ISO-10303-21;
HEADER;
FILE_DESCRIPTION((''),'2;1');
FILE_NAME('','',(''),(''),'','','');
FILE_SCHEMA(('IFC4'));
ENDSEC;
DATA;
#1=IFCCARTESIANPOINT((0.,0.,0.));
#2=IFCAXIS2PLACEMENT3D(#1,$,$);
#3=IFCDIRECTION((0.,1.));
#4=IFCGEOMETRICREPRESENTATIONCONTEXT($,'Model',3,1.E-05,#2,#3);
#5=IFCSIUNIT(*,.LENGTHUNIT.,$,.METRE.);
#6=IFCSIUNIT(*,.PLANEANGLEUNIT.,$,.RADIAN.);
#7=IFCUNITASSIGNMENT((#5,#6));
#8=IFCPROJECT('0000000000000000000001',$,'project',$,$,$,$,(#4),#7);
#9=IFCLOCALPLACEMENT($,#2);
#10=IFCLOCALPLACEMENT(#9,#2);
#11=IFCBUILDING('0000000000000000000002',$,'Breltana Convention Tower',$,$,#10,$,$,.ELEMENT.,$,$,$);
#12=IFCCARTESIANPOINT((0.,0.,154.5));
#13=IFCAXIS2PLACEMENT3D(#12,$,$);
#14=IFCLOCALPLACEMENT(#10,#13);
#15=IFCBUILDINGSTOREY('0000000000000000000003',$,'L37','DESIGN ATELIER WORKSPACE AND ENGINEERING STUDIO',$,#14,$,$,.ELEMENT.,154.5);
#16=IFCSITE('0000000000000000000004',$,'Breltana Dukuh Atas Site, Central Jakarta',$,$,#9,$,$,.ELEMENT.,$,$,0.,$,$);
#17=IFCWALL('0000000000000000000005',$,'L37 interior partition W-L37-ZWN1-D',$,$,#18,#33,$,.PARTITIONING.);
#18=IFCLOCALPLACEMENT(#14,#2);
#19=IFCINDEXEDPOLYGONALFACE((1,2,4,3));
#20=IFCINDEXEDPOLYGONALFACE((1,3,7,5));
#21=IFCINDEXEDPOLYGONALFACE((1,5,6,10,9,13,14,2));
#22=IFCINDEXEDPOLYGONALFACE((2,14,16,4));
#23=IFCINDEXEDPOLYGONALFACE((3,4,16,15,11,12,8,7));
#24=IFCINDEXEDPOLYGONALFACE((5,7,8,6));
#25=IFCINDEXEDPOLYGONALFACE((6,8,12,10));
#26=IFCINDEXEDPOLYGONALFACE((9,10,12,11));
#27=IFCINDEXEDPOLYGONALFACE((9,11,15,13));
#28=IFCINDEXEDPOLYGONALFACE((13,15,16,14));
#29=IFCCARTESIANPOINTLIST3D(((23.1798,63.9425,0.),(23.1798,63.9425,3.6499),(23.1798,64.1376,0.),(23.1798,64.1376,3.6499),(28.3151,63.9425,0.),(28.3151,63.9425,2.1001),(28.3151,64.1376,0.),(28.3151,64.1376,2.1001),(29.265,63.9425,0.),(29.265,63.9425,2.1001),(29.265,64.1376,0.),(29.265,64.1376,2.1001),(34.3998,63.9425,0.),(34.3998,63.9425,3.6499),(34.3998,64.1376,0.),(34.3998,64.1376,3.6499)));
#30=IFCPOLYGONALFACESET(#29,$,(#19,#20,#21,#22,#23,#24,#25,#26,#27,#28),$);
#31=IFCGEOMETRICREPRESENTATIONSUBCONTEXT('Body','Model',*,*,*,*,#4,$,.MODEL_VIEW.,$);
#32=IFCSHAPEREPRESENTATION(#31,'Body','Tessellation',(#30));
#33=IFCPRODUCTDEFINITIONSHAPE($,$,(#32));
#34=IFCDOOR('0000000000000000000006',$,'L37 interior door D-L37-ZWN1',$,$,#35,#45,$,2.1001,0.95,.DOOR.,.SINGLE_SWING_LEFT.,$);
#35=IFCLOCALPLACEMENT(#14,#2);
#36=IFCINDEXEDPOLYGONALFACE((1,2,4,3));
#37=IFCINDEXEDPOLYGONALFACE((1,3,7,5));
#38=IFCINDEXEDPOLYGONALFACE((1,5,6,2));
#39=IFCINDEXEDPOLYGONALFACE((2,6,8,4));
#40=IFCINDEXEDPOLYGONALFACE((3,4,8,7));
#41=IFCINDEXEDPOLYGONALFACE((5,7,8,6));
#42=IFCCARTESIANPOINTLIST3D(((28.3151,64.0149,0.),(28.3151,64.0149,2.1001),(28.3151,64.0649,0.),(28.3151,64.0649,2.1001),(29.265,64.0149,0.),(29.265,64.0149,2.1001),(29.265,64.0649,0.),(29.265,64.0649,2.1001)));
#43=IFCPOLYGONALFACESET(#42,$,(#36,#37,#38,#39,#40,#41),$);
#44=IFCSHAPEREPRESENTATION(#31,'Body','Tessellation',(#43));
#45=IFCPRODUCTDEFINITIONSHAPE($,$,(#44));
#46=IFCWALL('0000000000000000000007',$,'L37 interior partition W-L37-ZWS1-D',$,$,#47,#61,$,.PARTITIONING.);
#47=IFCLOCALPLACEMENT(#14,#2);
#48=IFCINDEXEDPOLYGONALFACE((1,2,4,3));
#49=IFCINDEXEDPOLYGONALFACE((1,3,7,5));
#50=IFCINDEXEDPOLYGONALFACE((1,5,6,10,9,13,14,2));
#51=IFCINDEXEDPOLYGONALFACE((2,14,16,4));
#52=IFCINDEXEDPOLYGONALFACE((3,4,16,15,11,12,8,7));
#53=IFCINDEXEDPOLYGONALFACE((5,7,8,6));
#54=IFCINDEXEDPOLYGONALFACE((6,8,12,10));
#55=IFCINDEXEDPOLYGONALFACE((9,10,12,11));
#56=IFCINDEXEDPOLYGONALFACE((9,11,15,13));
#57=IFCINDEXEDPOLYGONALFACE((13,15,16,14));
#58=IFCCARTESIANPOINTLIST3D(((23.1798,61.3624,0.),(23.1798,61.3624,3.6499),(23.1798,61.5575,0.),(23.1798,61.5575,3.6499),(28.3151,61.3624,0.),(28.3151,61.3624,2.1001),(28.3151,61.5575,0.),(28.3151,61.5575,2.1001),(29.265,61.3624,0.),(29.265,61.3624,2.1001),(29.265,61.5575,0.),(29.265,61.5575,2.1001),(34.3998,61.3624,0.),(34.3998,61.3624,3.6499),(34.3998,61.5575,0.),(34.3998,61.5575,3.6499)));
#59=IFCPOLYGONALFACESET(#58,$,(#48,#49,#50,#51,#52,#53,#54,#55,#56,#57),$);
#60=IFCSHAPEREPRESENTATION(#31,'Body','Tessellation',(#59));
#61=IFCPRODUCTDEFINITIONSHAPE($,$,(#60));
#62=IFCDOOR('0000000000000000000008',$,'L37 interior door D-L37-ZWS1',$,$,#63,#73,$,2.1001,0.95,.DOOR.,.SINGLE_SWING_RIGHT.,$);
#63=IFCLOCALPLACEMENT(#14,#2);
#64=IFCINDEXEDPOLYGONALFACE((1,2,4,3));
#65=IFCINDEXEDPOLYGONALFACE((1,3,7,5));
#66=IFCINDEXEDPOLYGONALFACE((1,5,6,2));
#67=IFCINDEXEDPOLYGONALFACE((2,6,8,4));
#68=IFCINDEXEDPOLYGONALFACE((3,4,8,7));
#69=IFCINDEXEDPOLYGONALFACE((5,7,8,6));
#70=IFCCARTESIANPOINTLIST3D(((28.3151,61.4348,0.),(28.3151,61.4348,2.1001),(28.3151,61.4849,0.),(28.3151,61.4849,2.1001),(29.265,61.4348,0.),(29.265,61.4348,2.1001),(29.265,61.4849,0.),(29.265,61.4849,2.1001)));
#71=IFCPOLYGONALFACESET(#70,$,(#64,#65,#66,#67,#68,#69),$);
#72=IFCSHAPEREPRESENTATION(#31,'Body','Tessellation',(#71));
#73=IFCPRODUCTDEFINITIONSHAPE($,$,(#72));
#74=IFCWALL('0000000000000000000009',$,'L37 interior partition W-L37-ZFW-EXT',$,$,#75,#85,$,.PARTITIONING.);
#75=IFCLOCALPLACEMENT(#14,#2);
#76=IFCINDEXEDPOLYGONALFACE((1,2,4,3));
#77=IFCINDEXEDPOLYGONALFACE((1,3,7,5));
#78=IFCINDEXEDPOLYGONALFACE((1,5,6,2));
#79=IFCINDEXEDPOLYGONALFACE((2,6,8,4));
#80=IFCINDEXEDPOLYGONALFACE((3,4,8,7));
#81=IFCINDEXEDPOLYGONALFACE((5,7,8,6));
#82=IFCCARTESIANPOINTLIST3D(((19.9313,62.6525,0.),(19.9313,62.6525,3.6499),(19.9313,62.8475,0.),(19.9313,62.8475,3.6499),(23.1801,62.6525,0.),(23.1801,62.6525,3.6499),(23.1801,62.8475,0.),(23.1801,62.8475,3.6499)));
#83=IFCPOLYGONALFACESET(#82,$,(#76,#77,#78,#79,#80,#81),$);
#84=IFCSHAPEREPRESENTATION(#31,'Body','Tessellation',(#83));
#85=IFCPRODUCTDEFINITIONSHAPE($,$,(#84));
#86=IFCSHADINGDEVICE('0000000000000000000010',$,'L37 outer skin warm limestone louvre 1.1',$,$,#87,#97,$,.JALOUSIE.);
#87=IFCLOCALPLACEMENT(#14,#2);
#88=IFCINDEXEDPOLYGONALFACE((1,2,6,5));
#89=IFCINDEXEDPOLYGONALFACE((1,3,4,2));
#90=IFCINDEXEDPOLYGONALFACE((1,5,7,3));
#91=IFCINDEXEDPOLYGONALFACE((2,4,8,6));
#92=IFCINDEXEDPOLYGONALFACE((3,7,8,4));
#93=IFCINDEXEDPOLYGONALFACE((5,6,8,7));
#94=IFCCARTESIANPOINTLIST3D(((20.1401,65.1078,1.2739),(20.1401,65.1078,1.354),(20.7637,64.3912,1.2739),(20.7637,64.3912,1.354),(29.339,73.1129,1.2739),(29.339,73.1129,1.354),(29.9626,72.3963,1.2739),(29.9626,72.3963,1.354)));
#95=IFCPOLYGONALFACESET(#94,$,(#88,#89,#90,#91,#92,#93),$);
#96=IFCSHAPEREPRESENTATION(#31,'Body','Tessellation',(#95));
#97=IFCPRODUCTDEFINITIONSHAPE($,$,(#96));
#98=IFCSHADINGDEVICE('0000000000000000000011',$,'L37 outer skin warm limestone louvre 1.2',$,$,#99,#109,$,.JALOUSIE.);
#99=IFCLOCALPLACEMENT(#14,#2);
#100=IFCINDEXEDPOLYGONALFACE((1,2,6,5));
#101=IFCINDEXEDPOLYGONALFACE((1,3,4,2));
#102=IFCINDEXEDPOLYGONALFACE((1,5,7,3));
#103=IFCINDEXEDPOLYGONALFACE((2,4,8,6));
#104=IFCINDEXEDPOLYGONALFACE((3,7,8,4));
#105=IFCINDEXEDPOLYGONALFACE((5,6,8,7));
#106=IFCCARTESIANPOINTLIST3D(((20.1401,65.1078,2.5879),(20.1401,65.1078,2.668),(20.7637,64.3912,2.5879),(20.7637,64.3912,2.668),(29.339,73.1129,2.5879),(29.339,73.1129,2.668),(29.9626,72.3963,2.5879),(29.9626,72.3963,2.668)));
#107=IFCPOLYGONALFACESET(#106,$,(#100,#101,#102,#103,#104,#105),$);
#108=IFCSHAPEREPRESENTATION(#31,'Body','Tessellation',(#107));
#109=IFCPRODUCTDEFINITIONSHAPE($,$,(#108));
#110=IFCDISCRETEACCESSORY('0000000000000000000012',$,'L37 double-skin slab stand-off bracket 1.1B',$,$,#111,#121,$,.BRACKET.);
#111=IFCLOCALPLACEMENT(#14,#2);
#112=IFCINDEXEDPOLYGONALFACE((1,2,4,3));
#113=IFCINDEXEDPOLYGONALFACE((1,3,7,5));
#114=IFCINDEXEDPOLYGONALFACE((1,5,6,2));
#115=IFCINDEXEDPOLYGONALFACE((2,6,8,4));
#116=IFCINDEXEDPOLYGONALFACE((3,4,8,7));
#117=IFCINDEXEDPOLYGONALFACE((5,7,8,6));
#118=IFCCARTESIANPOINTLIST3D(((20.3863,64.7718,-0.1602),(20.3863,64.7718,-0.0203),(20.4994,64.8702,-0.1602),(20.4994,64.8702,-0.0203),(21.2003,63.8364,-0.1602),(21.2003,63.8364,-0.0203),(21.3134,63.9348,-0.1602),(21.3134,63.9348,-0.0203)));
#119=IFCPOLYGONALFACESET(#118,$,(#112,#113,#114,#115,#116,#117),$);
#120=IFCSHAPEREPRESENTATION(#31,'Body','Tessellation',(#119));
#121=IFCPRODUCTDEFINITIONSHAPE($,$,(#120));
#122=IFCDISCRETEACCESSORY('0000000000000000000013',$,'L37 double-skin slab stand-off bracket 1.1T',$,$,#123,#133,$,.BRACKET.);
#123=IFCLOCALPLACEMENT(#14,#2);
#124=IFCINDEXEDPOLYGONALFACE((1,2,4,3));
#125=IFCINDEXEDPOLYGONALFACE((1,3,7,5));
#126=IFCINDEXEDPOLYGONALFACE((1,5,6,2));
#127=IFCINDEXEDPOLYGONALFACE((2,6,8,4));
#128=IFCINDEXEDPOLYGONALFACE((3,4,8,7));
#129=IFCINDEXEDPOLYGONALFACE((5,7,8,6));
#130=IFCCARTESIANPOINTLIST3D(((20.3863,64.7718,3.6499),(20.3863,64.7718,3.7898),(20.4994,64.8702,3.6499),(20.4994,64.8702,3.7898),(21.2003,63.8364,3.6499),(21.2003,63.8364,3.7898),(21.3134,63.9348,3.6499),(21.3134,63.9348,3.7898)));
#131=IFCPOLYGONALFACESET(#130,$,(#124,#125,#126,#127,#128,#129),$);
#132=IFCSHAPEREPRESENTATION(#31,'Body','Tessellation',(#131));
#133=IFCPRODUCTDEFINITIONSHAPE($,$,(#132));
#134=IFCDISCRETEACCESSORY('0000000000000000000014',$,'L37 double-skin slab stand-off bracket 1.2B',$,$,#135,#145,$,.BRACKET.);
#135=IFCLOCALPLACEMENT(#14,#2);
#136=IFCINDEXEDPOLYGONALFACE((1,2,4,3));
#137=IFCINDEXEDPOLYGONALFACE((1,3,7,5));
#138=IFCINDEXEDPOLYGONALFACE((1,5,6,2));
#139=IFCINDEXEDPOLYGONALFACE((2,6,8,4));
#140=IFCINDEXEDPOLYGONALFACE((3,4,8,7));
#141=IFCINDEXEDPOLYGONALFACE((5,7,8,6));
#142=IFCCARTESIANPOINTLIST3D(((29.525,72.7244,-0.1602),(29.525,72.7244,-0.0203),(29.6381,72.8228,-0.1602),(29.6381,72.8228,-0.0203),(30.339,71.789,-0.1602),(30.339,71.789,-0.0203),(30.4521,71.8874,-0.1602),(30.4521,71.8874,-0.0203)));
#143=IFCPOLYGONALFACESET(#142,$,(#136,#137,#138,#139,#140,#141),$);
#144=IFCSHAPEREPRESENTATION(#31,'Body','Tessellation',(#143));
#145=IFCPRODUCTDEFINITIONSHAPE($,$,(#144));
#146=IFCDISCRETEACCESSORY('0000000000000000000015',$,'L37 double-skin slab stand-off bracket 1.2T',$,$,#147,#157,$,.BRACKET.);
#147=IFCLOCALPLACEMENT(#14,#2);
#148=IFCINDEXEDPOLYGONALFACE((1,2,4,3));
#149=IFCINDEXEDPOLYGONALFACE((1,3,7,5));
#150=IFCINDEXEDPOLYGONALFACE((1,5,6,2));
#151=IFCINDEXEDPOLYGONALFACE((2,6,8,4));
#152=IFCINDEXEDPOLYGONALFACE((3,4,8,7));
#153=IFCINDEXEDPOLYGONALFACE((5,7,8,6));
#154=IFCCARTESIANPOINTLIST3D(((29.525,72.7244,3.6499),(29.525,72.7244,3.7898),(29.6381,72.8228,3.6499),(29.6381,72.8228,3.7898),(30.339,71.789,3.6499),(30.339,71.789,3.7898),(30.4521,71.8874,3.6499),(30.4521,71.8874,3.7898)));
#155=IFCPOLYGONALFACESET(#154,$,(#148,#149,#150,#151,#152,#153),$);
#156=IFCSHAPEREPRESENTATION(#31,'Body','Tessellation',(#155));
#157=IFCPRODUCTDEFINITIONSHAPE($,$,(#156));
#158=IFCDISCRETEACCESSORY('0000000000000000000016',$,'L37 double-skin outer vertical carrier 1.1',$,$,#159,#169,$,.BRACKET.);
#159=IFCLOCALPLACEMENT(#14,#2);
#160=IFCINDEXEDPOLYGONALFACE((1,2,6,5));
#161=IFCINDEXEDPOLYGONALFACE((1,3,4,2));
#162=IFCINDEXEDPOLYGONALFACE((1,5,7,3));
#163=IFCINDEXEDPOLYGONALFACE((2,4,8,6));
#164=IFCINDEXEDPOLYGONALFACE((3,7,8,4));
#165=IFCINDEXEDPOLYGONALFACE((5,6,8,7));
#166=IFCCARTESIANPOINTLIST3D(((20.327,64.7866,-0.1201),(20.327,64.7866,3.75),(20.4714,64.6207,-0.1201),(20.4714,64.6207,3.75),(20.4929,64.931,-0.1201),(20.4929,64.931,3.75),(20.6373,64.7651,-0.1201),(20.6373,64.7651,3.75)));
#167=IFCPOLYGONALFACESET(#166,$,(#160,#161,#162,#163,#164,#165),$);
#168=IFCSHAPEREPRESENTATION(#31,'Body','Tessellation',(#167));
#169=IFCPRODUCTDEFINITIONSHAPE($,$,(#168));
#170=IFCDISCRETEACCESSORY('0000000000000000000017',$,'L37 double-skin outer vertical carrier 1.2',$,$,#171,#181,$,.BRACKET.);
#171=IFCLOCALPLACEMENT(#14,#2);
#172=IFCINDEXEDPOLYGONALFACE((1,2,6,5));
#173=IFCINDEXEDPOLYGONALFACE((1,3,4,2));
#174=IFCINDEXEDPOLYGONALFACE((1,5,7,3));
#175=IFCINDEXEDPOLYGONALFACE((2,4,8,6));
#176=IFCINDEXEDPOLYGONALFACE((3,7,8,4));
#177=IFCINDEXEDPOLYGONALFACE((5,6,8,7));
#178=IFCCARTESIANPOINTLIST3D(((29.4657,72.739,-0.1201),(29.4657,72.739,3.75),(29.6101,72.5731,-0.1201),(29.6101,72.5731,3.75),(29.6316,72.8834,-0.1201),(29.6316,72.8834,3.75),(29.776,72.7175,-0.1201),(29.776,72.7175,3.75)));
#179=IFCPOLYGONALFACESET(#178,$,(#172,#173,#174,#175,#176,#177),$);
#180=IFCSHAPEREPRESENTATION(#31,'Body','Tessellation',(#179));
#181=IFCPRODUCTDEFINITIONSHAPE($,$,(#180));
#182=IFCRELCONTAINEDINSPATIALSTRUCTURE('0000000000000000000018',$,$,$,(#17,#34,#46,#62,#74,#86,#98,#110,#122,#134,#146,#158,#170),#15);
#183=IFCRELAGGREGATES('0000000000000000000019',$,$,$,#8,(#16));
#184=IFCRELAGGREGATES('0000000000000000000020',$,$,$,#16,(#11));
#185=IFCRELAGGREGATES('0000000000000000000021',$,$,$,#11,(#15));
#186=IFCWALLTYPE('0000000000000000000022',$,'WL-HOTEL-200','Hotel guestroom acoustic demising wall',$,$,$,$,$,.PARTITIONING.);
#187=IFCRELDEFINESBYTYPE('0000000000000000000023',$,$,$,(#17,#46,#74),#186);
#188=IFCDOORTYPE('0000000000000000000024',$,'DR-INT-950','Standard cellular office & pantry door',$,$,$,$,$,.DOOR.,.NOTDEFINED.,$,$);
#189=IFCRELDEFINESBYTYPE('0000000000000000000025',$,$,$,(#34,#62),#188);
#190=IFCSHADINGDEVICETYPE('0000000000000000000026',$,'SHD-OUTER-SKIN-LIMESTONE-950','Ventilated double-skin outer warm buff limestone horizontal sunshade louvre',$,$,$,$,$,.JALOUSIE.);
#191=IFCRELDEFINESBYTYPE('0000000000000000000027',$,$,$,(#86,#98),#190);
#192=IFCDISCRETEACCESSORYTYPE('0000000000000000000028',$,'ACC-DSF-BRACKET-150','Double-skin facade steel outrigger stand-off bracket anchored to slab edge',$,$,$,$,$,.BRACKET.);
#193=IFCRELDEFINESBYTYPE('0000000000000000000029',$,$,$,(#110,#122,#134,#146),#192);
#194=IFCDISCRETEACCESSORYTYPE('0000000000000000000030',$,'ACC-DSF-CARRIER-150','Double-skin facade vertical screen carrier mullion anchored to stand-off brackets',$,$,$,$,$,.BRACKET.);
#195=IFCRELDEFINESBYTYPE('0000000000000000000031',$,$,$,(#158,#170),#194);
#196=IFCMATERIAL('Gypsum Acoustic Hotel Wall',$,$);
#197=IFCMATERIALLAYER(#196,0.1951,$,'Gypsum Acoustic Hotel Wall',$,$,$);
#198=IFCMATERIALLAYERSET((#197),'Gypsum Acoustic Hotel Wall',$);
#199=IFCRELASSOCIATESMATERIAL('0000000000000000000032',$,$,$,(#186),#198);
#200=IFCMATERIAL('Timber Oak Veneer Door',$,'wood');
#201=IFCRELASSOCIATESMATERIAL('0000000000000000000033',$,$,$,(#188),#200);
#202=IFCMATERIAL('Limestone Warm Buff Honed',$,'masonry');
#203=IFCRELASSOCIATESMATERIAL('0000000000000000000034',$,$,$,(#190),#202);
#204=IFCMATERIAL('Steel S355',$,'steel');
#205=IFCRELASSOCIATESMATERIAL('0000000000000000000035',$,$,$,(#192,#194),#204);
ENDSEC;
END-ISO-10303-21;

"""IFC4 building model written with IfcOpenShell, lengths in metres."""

from ifc_helpers import new_model, si_unit, direction, frame, frame_2d, origin, origin_2d, place, context, subcontext, project, spatial, rectangle, extrude, source, transform, mapped, material, layer, layer_set, material_profile, profile_set, type_object, type_shapes, element, fill, save


model = new_model("IFC4")

# Units and contexts
model_context = context("Model", 3, precision=1e-05, world=origin(), true_north=direction((0.0, 1.0)))
body_context = subcontext(model_context, "Body", "Model", "MODEL_VIEW")
ifc_project = project(units=[si_unit("LENGTHUNIT", "METRE"), si_unit("PLANEANGLEUNIT", "RADIAN")], contexts=[model_context])

# Site, building, storey
site_placement = place(None, origin())
site = spatial("IfcSite", under=ifc_project, at=site_placement, Name="Breltana Dukuh Atas Site, Central Jakarta", CompositionType="ELEMENT", RefElevation=0.0)
building_placement = place(site_placement, origin())
building = spatial("IfcBuilding", under=site, at=building_placement, Name="Breltana Convention Tower", CompositionType="ELEMENT")
storey_placement = place(building_placement, frame((0.0, 0.0, 154.5)))
storey = spatial("IfcBuildingStorey", under=building, at=storey_placement, Name="L37", Description="DESIGN ATELIER WORKSPACE AND ENGINEERING STUDIO", CompositionType="ELEMENT", Elevation=154.5)

# Shared definitions
ifc_material_1 = material(Name="Gypsum Acoustic Hotel Wall")
ifc_layer_1 = layer(ifc_material_1, 0.1951, Name="Gypsum Acoustic Hotel Wall")
ifc_layer_set_1 = layer_set([ifc_layer_1], Name="Gypsum Acoustic Hotel Wall")
wall_type_1 = type_object("IfcWallType", Name="WL-HOTEL-200", Description="Hotel guestroom acoustic demising wall", PredefinedType="PARTITIONING", material=ifc_layer_set_1)

# Walls, openings, doors
shared_shape_1 = source(origin(), body_context, "Body", "SweptSolid", [
    extrude(rectangle(XDim=11.22, YDim=0.1951, at=frame_2d((5.6099, 0.0))), origin(), (0.0, 0.0, 1.0), 3.6499),
])
wall_1_placement = place(storey_placement, frame((23.1799, 64.04, 0.0), z_axis=(0.0, 0.0, 1.0), x_axis=(1.0, 0.0, 0.0)))
wall_1 = element("IfcWall", 1, at=wall_1_placement, inside=storey, type_object=wall_type_1, Name="L37 interior partition W-L37-ZWN1-D", PredefinedType="PARTITIONING", context=body_context, shape_type="MappedRepresentation", body=[
    mapped(shared_shape_1, transform((0.0, 0.0, 0.0), scale=1.0)),
])
opening_1_placement = place(wall_1_placement, frame((5.135, 0.0, 0.0)))
opening_1 = element("IfcOpeningElement", 2, at=opening_1_placement, cuts=wall_1, PredefinedType="OPENING", context=body_context, shape_type="SweptSolid", body=[
    extrude(rectangle(XDim=0.95, YDim=2.1001, at=frame_2d((0.4751, 1.05))), frame((0.0, 0.1074, 0.0), z_axis=(0.0, -1.0, 0.0), x_axis=(1.0, 0.0, 0.0)), (0.0, 0.0, 1.0), 0.2151),
])
ifc_material_2 = material(Name="Timber Oak Veneer Door", Category="wood")
door_type = type_object("IfcDoorType", Name="DR-INT-950", Description="Standard cellular office & pantry door", OperationType="NOTDEFINED", PredefinedType="DOOR", material=ifc_material_2)
shared_shape_2 = source(origin(), body_context, "Body", "SweptSolid", [
    extrude(rectangle(XDim=0.95, YDim=2.1001, at=frame_2d((0.4751, 1.05))), frame((0.0, 0.0249, 0.0), z_axis=(0.0, -1.0, 0.0), x_axis=(1.0, 0.0, 0.0)), (0.0, 0.0, 1.0), 0.05),
])
type_shapes(door_type, [shared_shape_2])
door_1_placement = place(opening_1_placement, origin())
door_1 = element("IfcDoor", 3, at=door_1_placement, inside=storey, type_object=door_type, Name="L37 interior door D-L37-ZWN1", OperationType="SINGLE_SWING_LEFT", OverallHeight=2.1001, OverallWidth=0.95, PredefinedType="DOOR", context=body_context, shape_type="MappedRepresentation", body=[
    mapped(shared_shape_2, transform((0.0, 0.0, 0.0), scale=1.0)),
])
fill(opening_1, door_1)
wall_2_placement = place(storey_placement, frame((23.1799, 61.46, 0.0), z_axis=(0.0, 0.0, 1.0), x_axis=(1.0, 0.0, 0.0)))
wall_2 = element("IfcWall", 4, at=wall_2_placement, inside=storey, type_object=wall_type_1, Name="L37 interior partition W-L37-ZWS1-D", PredefinedType="PARTITIONING", context=body_context, shape_type="MappedRepresentation", body=[
    mapped(shared_shape_1, transform((0.0, 0.0, 0.0), scale=1.0)),
])
opening_2_placement = place(wall_2_placement, frame((5.135, 0.0, 0.0)))
opening_2 = element("IfcOpeningElement", 5, at=opening_2_placement, cuts=wall_2, PredefinedType="OPENING", context=body_context, shape_type="SweptSolid", body=[
    extrude(rectangle(XDim=0.95, YDim=2.1001, at=frame_2d((0.4751, 1.05))), frame((0.0, 0.1074, 0.0), z_axis=(0.0, -1.0, 0.0), x_axis=(1.0, 0.0, 0.0)), (0.0, 0.0, 1.0), 0.2151),
])
door_2_placement = place(opening_2_placement, origin())
door_2 = element("IfcDoor", 6, at=door_2_placement, inside=storey, type_object=door_type, Name="L37 interior door D-L37-ZWS1", OperationType="SINGLE_SWING_RIGHT", OverallHeight=2.1001, OverallWidth=0.95, PredefinedType="DOOR", context=body_context, shape_type="MappedRepresentation", body=[
    mapped(shared_shape_2, transform((0.0, 0.0, 0.0), scale=1.0)),
])
fill(opening_2, door_2)

# Wall
shared_shape_3 = source(origin(), body_context, "Body", "SweptSolid", [
    extrude(rectangle(XDim=3.2488, YDim=0.1951, at=frame_2d((1.6245, 0.0))), origin(), (0.0, 0.0, 1.0), 3.6499),
])
wall_3_placement = place(storey_placement, frame((19.9312, 62.75, 0.0), z_axis=(0.0, 0.0, 1.0), x_axis=(1.0, 0.0, 0.0)))
element("IfcWall", 7, at=wall_3_placement, inside=storey, type_object=wall_type_1, Name="L37 interior partition W-L37-ZFW-EXT", PredefinedType="PARTITIONING", context=body_context, shape_type="MappedRepresentation", body=[
    mapped(shared_shape_3, transform((0.0, 0.0, 0.0), scale=1.0)),
])

# Shading devices
ifc_material_3 = material(Name="Limestone Warm Buff Honed", Category="masonry")
ifc_material_profile_1 = material_profile(ifc_material_3, rectangle(XDim=0.95, YDim=0.0801, at=origin_2d()), Name="STN-LVR-950X80")
ifc_profile_set_1 = profile_set([ifc_material_profile_1], Name="Limestone Warm Buff Honed")
shading_device_type = type_object("IfcShadingDeviceType", Name="SHD-OUTER-SKIN-LIMESTONE-950", Description="Ventilated double-skin outer warm buff limestone horizontal sunshade louvre", PredefinedType="JALOUSIE", material=ifc_profile_set_1)
shared_shape_4 = source(origin(), body_context, "Body", "SweptSolid", [
    extrude(rectangle(XDim=0.95, YDim=0.0801, at=origin_2d()), origin(), (0.0, 0.0, 1.0), 12.1943),
])
type_shapes(shading_device_type, [shared_shape_4])
for number, where, z_axis, x_axis, name in (
    (8, (20.4519, 64.7495, 1.314), (0.754361, 0.65646, 0.0), (-0.65646, 0.754361, 0.0), "L37 outer skin warm limestone louvre 1.1"),
    (9, (20.4519, 64.7495, 2.6279), (0.754361, 0.65646, 0.0), (-0.65646, 0.754361, 0.0), "L37 outer skin warm limestone louvre 1.2"),
):
    element("IfcShadingDevice", number, at=place(storey_placement, frame(where, z_axis=z_axis, x_axis=x_axis)), inside=storey, type_object=shading_device_type, Name=name, PredefinedType="JALOUSIE", context=body_context, shape_type="MappedRepresentation", body=[
        mapped(shared_shape_4, transform((0.0, 0.0, 0.0), scale=1.0)),
    ])

# Discrete accessories
ifc_material_4 = material(Name="Steel S355", Category="steel")
discrete_accessory_type_1 = type_object("IfcDiscreteAccessoryType", Name="ACC-DSF-BRACKET-150", Description="Double-skin facade steel outrigger stand-off bracket anchored to slab edge", PredefinedType="BRACKET", material=ifc_material_4)
shared_shape_5 = source(origin(), body_context, "Body", "SweptSolid", [
    extrude(rectangle(XDim=1.24, YDim=0.1499, at=origin_2d()), origin(), (0.0, 0.0, 1.0), 0.1399),
])
type_shapes(discrete_accessory_type_1, [shared_shape_5])
for number, where, z_axis, x_axis, name in (
    (10, (20.8499, 64.3533, -0.1602), (0.0, 0.0, 1.0), (-0.656456, 0.754365, 0.0), "L37 double-skin slab stand-off bracket 1.1B"),
    (11, (20.8499, 64.3533, 3.6499), (0.0, 0.0, 1.0), (-0.656456, 0.754365, 0.0), "L37 double-skin slab stand-off bracket 1.1T"),
    (12, (29.9885, 72.3059, -0.1602), (0.0, 0.0, 1.0), (-0.656456, 0.754365, 0.0), "L37 double-skin slab stand-off bracket 1.2B"),
    (13, (29.9885, 72.3059, 3.6499), (0.0, 0.0, 1.0), (-0.656456, 0.754365, 0.0), "L37 double-skin slab stand-off bracket 1.2T"),
):
    element("IfcDiscreteAccessory", number, at=place(storey_placement, frame(where, z_axis=z_axis, x_axis=x_axis)), inside=storey, type_object=discrete_accessory_type_1, Name=name, PredefinedType="BRACKET", context=body_context, shape_type="MappedRepresentation", body=[
        mapped(shared_shape_5, transform((0.0, 0.0, 0.0), scale=1.0)),
    ])
discrete_accessory_type_2 = type_object("IfcDiscreteAccessoryType", Name="ACC-DSF-CARRIER-150", Description="Double-skin facade vertical screen carrier mullion anchored to stand-off brackets", PredefinedType="BRACKET", material=ifc_material_4)
shared_shape_6 = source(origin(), body_context, "Body", "SweptSolid", [
    extrude(rectangle(XDim=0.22, YDim=0.22, at=origin_2d()), origin(), (0.0, 0.0, 1.0), 3.8701),
])
for number, where, z_axis, x_axis, name in (
    (14, (20.4822, 64.7759, -0.1201), (0.0, 0.0, 1.0), (-0.656456, 0.754365, 0.0), "L37 double-skin outer vertical carrier 1.1"),
    (15, (29.6208, 72.7283, -0.1201), (0.0, 0.0, 1.0), (-0.656456, 0.754365, 0.0), "L37 double-skin outer vertical carrier 1.2"),
):
    element("IfcDiscreteAccessory", number, at=place(storey_placement, frame(where, z_axis=z_axis, x_axis=x_axis)), inside=storey, type_object=discrete_accessory_type_2, Name=name, PredefinedType="BRACKET", context=body_context, shape_type="MappedRepresentation", body=[
        mapped(shared_shape_6, transform((0.0, 0.0, 0.0), scale=1.0)),
    ])

save(model, "model.ifc")
